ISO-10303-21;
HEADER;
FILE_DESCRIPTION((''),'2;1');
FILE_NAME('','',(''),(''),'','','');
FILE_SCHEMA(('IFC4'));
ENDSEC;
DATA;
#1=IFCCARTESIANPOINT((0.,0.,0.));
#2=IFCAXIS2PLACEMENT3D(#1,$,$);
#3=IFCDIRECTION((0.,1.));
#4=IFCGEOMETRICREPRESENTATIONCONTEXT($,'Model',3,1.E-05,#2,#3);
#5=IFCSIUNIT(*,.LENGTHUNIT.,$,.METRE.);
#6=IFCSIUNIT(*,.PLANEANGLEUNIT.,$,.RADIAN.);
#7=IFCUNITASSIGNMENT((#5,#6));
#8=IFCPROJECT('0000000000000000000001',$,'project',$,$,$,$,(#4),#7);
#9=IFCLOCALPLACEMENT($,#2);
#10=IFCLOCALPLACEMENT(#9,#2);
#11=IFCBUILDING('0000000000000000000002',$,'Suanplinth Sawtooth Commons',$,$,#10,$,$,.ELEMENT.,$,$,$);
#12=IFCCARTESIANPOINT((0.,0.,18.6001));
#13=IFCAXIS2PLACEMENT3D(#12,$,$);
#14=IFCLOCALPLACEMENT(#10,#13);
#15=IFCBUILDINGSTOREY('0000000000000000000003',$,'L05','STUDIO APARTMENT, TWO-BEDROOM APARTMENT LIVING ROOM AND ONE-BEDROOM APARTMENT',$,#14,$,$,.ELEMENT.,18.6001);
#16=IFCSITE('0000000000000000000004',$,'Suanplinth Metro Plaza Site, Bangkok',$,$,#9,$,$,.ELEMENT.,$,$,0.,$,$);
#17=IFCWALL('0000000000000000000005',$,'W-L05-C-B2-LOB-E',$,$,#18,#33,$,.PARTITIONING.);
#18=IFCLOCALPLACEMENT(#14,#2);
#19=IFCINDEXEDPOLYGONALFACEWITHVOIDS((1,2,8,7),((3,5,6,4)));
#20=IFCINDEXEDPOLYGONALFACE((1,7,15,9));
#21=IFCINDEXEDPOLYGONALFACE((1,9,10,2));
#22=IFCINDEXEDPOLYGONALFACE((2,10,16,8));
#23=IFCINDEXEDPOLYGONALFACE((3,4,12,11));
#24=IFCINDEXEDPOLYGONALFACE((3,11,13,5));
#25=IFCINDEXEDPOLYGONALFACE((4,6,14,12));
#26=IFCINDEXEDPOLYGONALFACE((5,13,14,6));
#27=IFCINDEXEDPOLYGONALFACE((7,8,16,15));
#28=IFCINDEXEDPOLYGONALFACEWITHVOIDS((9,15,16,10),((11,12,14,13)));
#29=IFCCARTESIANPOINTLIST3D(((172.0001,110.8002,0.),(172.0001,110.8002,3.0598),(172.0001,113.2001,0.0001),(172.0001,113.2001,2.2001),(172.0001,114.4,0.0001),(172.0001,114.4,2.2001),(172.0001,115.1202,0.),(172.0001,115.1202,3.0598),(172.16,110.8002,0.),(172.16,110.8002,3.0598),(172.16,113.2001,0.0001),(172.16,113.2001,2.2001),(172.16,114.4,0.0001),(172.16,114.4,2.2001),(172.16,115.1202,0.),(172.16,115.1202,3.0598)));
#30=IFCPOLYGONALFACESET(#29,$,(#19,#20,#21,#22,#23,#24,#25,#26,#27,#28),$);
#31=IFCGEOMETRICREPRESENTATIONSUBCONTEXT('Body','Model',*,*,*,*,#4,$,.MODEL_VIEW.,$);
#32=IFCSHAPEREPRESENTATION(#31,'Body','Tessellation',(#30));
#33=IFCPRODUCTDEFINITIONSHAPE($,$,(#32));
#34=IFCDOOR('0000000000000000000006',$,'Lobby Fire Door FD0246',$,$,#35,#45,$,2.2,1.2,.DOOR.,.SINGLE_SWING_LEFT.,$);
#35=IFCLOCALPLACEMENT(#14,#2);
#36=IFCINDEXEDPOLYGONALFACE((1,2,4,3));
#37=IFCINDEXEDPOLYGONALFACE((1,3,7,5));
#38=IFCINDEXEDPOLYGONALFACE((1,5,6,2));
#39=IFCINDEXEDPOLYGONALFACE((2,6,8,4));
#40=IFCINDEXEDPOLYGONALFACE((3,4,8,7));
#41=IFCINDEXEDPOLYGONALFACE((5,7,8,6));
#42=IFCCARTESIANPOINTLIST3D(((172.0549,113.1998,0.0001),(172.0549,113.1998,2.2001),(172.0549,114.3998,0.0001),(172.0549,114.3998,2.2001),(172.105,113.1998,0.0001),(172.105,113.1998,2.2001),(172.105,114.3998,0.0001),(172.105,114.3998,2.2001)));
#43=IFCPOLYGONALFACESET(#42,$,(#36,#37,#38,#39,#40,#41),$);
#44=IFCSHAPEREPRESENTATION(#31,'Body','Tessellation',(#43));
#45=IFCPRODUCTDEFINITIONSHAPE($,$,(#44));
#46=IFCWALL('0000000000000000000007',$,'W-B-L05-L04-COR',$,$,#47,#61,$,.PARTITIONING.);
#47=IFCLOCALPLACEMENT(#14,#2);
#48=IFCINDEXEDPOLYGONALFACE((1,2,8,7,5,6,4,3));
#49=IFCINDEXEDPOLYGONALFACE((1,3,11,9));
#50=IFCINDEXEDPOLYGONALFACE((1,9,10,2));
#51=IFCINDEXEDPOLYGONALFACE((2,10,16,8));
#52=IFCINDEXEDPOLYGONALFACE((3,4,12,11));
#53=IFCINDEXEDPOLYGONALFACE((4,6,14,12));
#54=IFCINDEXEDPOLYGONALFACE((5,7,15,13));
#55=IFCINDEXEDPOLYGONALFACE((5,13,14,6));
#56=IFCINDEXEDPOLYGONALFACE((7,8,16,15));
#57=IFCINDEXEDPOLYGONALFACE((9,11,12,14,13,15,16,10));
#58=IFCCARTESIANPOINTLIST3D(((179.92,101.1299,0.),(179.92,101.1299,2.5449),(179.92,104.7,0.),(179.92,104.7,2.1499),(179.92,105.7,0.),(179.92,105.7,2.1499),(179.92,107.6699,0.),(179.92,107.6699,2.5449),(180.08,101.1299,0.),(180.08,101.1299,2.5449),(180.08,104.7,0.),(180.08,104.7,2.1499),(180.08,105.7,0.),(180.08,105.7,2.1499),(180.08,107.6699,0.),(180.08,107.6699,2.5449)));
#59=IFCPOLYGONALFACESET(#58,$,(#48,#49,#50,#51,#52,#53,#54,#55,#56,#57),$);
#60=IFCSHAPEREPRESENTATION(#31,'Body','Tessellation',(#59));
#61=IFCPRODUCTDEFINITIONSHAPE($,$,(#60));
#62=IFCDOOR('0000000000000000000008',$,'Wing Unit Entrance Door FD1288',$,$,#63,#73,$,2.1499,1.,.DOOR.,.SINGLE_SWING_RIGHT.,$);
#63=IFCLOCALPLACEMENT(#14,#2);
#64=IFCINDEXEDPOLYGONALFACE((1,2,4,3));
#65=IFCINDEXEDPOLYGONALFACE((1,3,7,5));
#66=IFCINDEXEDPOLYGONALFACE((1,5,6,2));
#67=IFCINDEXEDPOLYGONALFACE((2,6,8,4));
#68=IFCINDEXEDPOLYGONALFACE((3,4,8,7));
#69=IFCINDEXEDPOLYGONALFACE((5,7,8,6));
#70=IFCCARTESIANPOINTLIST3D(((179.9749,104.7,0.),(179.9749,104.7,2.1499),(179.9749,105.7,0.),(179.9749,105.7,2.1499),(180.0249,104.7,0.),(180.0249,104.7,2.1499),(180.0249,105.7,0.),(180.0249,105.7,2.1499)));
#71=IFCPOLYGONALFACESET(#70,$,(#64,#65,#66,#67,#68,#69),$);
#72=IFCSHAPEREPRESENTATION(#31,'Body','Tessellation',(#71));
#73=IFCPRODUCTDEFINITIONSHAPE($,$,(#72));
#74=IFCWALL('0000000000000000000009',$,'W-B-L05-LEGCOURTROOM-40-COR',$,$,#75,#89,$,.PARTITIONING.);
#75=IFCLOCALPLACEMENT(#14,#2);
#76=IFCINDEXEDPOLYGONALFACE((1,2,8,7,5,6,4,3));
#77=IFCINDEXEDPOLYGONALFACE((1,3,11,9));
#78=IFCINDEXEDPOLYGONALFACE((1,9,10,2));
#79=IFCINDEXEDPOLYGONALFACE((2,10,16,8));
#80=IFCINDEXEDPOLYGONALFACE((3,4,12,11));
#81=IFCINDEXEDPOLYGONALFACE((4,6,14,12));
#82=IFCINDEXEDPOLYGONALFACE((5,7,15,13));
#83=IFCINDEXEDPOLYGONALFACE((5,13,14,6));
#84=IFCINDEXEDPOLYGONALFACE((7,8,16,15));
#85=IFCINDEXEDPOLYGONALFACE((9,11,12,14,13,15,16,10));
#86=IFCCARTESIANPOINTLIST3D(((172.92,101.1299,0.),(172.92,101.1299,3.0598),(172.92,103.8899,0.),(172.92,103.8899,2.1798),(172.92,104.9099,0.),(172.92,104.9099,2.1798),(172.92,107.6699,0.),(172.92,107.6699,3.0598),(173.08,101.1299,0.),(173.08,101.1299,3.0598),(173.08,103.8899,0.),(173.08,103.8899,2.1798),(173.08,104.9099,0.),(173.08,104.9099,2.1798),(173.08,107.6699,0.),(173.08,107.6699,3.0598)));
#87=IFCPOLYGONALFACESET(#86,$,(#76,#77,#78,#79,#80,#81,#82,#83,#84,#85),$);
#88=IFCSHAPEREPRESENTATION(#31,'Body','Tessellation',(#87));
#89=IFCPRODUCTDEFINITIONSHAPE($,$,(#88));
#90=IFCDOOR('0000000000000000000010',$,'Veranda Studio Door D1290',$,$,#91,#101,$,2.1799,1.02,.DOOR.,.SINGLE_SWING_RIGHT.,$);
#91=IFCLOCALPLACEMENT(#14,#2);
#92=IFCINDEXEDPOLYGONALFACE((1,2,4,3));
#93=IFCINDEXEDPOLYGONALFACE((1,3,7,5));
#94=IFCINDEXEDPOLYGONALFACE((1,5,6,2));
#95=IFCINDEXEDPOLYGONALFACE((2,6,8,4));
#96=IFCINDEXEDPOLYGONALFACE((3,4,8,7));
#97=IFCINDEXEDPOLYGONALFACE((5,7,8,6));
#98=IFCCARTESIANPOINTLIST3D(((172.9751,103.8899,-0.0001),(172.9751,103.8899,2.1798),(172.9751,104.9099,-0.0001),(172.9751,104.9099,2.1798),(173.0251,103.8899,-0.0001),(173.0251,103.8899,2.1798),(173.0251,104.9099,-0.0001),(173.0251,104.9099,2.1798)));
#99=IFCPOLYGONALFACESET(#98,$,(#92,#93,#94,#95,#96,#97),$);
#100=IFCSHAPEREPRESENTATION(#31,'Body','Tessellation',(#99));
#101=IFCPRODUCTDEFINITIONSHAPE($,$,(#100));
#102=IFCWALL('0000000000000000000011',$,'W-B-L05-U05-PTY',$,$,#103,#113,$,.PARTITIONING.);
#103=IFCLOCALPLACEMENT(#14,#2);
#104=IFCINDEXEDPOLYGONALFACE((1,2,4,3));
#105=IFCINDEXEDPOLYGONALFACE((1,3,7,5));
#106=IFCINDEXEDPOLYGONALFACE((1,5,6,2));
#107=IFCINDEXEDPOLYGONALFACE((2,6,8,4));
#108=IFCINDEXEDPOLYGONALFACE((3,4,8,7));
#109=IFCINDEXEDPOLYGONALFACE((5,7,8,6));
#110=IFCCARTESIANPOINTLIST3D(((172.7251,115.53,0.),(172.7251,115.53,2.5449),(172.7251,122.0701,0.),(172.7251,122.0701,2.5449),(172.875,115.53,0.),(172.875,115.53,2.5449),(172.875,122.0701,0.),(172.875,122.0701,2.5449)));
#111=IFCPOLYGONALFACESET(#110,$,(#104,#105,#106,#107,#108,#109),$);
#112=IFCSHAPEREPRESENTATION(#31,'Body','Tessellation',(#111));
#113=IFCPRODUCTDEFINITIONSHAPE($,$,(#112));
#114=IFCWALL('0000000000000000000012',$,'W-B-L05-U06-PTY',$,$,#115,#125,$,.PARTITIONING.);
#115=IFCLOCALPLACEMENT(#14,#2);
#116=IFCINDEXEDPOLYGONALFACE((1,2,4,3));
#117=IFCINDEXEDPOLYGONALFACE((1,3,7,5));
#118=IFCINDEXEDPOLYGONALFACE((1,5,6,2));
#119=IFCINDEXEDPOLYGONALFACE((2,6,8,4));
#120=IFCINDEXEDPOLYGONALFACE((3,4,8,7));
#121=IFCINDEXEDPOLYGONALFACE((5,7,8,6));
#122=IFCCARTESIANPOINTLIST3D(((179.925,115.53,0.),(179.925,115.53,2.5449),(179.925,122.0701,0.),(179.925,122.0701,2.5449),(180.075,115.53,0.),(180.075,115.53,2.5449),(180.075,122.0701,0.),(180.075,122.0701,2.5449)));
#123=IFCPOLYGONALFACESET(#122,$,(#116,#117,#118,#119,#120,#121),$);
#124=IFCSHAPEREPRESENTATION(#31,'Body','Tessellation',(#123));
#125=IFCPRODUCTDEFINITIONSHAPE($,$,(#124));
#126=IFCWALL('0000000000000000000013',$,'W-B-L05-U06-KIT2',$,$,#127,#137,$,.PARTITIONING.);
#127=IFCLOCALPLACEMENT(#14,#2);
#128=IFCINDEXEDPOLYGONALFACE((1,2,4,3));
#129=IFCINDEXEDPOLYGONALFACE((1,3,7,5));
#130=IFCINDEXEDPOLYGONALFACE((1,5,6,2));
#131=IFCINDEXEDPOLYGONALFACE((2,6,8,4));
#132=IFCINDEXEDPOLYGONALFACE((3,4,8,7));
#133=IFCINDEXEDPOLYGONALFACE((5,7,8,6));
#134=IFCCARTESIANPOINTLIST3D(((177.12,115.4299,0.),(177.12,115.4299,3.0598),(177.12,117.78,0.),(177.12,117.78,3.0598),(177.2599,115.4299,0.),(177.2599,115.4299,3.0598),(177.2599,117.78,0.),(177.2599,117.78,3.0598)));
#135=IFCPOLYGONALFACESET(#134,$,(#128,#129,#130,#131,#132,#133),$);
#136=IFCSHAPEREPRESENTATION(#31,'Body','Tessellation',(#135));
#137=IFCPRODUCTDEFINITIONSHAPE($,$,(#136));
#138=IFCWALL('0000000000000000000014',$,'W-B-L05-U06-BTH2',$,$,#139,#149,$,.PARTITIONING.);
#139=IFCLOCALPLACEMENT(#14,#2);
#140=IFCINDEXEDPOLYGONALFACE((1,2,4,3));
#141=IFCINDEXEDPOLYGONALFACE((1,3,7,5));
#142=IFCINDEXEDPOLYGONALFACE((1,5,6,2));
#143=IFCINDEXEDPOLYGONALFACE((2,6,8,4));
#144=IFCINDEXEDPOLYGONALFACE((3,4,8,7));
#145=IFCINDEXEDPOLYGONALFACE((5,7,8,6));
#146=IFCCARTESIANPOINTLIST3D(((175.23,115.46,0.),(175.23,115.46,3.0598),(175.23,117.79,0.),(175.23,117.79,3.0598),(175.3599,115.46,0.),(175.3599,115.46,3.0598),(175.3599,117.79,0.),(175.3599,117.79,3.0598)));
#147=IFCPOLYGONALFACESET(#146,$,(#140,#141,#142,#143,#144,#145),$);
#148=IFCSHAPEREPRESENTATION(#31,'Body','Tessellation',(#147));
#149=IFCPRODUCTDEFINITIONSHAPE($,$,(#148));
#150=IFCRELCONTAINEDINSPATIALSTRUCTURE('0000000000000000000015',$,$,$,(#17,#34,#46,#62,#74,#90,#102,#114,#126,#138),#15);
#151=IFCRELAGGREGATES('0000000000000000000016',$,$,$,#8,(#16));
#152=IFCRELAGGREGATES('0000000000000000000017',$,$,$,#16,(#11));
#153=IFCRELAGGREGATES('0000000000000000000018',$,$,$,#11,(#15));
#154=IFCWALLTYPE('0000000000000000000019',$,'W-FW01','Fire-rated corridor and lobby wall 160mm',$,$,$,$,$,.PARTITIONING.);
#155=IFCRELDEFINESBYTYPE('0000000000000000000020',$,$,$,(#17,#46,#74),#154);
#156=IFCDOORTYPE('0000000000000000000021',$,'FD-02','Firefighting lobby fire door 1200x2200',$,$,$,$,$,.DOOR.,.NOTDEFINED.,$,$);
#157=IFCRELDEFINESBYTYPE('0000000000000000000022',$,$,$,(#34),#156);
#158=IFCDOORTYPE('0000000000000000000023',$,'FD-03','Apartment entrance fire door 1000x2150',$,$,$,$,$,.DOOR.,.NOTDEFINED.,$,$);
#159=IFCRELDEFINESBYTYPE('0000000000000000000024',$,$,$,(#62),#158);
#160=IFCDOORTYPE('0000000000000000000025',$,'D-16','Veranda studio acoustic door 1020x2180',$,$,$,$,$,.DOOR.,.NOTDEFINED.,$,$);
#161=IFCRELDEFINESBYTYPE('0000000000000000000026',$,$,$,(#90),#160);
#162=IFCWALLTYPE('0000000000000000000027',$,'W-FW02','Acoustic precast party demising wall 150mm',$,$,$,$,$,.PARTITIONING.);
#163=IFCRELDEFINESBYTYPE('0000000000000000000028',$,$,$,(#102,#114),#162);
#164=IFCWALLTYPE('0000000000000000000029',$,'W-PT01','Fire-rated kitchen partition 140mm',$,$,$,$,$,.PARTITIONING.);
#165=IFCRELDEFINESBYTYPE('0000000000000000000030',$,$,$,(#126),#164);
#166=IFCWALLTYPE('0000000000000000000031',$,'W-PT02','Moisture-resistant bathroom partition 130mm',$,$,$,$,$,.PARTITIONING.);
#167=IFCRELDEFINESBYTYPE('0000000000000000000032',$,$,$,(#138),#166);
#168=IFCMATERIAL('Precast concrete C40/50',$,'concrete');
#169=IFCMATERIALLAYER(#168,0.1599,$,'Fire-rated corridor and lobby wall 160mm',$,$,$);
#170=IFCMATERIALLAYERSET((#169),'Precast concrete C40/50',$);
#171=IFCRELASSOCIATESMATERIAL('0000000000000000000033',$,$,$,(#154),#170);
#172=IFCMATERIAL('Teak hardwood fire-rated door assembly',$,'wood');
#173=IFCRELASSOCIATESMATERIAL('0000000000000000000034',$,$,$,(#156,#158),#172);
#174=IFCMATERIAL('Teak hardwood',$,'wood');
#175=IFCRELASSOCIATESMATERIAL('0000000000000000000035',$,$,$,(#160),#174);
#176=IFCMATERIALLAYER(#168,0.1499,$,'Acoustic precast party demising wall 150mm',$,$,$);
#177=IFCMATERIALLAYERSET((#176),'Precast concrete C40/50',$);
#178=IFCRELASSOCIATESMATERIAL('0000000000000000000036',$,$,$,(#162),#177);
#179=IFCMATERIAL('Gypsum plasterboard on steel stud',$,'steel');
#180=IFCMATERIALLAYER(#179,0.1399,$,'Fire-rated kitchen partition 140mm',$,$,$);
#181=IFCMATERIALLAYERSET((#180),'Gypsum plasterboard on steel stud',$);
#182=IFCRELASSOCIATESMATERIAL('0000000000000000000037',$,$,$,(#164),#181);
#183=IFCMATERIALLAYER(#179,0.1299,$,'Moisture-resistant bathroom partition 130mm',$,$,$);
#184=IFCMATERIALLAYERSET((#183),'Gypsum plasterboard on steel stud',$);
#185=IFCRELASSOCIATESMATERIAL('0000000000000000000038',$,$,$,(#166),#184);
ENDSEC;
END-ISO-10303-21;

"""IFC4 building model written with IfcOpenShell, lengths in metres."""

from ifc_helpers import new_model, si_unit, direction, frame, frame_2d, origin, place, context, subcontext, project, spatial, rectangle, extrude, material, layer, layer_set, type_object, element, fill, save


model = new_model("IFC4")

# Units and contexts
model_context = context("Model", 3, precision=1e-05, world=origin(), true_north=direction((0.0, 1.0)))
body_context = subcontext(model_context, "Body", "Model", "MODEL_VIEW")
ifc_project = project(units=[si_unit("LENGTHUNIT", "METRE"), si_unit("PLANEANGLEUNIT", "RADIAN")], contexts=[model_context])

# Site, building, storey
site_placement = place(None, origin())
site = spatial("IfcSite", under=ifc_project, at=site_placement, Name="Suanplinth Metro Plaza Site, Bangkok", CompositionType="ELEMENT", RefElevation=0.0)
building_placement = place(site_placement, origin())
building = spatial("IfcBuilding", under=site, at=building_placement, Name="Suanplinth Sawtooth Commons", CompositionType="ELEMENT")
storey_placement = place(building_placement, frame((0.0, 0.0, 18.6001)))
storey = spatial("IfcBuildingStorey", under=building, at=storey_placement, Name="L05", Description="STUDIO APARTMENT, TWO-BEDROOM APARTMENT LIVING ROOM AND ONE-BEDROOM APARTMENT", CompositionType="ELEMENT", Elevation=18.6001)

# Shared definitions
ifc_material_1 = material(Name="Precast concrete C40/50", Category="concrete")

# Walls, openings, doors
ifc_layer_1 = layer(ifc_material_1, 0.1599, Name="Fire-rated corridor and lobby wall 160mm")
ifc_layer_set_1 = layer_set([ifc_layer_1], Name="Precast concrete C40/50")
wall_type_1 = type_object("IfcWallType", Name="W-FW01", Description="Fire-rated corridor and lobby wall 160mm", PredefinedType="PARTITIONING", material=ifc_layer_set_1)
wall_1_placement = place(storey_placement, frame((172.0801, 110.8, 0.0), z_axis=(0.0, 0.0, 1.0), x_axis=(0.0, 1.0, 0.0)))
wall_1 = element("IfcWall", 1, at=wall_1_placement, inside=storey, type_object=wall_type_1, Name="W-L05-C-B2-LOB-E", PredefinedType="PARTITIONING", context=body_context, shape_type="SweptSolid", body=[
    extrude(rectangle(XDim=4.3201, YDim=0.1599, at=frame_2d((2.1602, 0.0))), origin(), (0.0, 0.0, 1.0), 3.0598),
])
opening_1_placement = place(wall_1_placement, frame((2.3999, 0.0, 0.0)))
opening_1 = element("IfcOpeningElement", 2, at=opening_1_placement, cuts=wall_1, PredefinedType="OPENING", context=body_context, shape_type="SweptSolid", body=[
    extrude(rectangle(XDim=1.2, YDim=2.2, at=frame_2d((0.6001, 1.1001))), frame((0.0, 0.0947, 0.0), z_axis=(0.0, -1.0, 0.0), x_axis=(1.0, 0.0, 0.0)), (0.0, 0.0, 1.0), 0.1897),
])
ifc_material_2 = material(Name="Teak hardwood fire-rated door assembly", Category="wood")
door_type_1 = type_object("IfcDoorType", Name="FD-02", Description="Firefighting lobby fire door 1200x2200", OperationType="NOTDEFINED", PredefinedType="DOOR", material=ifc_material_2)
door_1_placement = place(opening_1_placement, frame((1.2, 0.0, 0.0), z_axis=(0.0, 0.0, 1.0), x_axis=(-1.0, 0.0, 0.0)))
door_1 = element("IfcDoor", 3, at=door_1_placement, inside=storey, type_object=door_type_1, Name="Lobby Fire Door FD0246", OperationType="SINGLE_SWING_LEFT", OverallHeight=2.2, OverallWidth=1.2, PredefinedType="DOOR", context=body_context, shape_type="SweptSolid", body=[
    extrude(rectangle(XDim=1.2, YDim=2.2, at=frame_2d((0.6001, 1.1001))), frame((0.0, 0.0249, 0.0), z_axis=(0.0, -1.0, 0.0), x_axis=(1.0, 0.0, 0.0)), (0.0, 0.0, 1.0), 0.05),
])
fill(opening_1, door_1)
wall_2_placement = place(storey_placement, frame((180.0, 101.1299, 0.0), z_axis=(0.0, 0.0, 1.0), x_axis=(0.0, 1.0, 0.0)))
wall_2 = element("IfcWall", 4, at=wall_2_placement, inside=storey, type_object=wall_type_1, Name="W-B-L05-L04-COR", PredefinedType="PARTITIONING", context=body_context, shape_type="SweptSolid", body=[
    extrude(rectangle(XDim=6.54, YDim=0.1599, at=frame_2d((3.27, 0.0))), origin(), (0.0, 0.0, 1.0), 2.5449),
])
opening_2_placement = place(wall_2_placement, frame((3.5701, 0.0, 0.0)))
opening_2 = element("IfcOpeningElement", 5, at=opening_2_placement, cuts=wall_2, PredefinedType="OPENING", context=body_context, shape_type="SweptSolid", body=[
    extrude(rectangle(XDim=1.0, YDim=2.1499, at=frame_2d((0.5, 1.075))), frame((0.0, 0.0947, 0.0), z_axis=(0.0, -1.0, 0.0), x_axis=(1.0, 0.0, 0.0)), (0.0, 0.0, 1.0), 0.1897),
])
door_type_2 = type_object("IfcDoorType", Name="FD-03", Description="Apartment entrance fire door 1000x2150", OperationType="NOTDEFINED", PredefinedType="DOOR", material=ifc_material_2)
door_2_placement = place(opening_2_placement, frame((1.0, 0.0, 0.0), z_axis=(0.0, 0.0, 1.0), x_axis=(-1.0, 0.0, 0.0)))
door_2 = element("IfcDoor", 6, at=door_2_placement, inside=storey, type_object=door_type_2, Name="Wing Unit Entrance Door FD1288", OperationType="SINGLE_SWING_RIGHT", OverallHeight=2.1499, OverallWidth=1.0, PredefinedType="DOOR", context=body_context, shape_type="SweptSolid", body=[
    extrude(rectangle(XDim=1.0, YDim=2.1499, at=frame_2d((0.5, 1.075))), frame((0.0, 0.0249, 0.0), z_axis=(0.0, -1.0, 0.0), x_axis=(1.0, 0.0, 0.0)), (0.0, 0.0, 1.0), 0.05),
])
fill(opening_2, door_2)
wall_3_placement = place(storey_placement, frame((173.0, 101.1299, 0.0), z_axis=(0.0, 0.0, 1.0), x_axis=(0.0, 1.0, 0.0)))
wall_3 = element("IfcWall", 7, at=wall_3_placement, inside=storey, type_object=wall_type_1, Name="W-B-L05-LEGCOURTROOM-40-COR", PredefinedType="PARTITIONING", context=body_context, shape_type="SweptSolid", body=[
    extrude(rectangle(XDim=6.54, YDim=0.1599, at=frame_2d((3.27, 0.0))), origin(), (0.0, 0.0, 1.0), 3.0598),
])
opening_3_placement = place(wall_3_placement, frame((2.76, 0.0, 0.0)))
opening_3 = element("IfcOpeningElement", 8, at=opening_3_placement, cuts=wall_3, PredefinedType="OPENING", context=body_context, shape_type="SweptSolid", body=[
    extrude(rectangle(XDim=1.02, YDim=2.1799, at=frame_2d((0.51, 1.0898))), frame((0.0, 0.0947, 0.0), z_axis=(0.0, -1.0, 0.0), x_axis=(1.0, 0.0, 0.0)), (0.0, 0.0, 1.0), 0.1897),
])
ifc_material_3 = material(Name="Teak hardwood", Category="wood")
door_type_3 = type_object("IfcDoorType", Name="D-16", Description="Veranda studio acoustic door 1020x2180", OperationType="NOTDEFINED", PredefinedType="DOOR", material=ifc_material_3)
door_3_placement = place(opening_3_placement, origin())
door_3 = element("IfcDoor", 9, at=door_3_placement, inside=storey, type_object=door_type_3, Name="Veranda Studio Door D1290", OperationType="SINGLE_SWING_RIGHT", OverallHeight=2.1799, OverallWidth=1.02, PredefinedType="DOOR", context=body_context, shape_type="SweptSolid", body=[
    extrude(rectangle(XDim=1.02, YDim=2.1799, at=frame_2d((0.51, 1.0898))), frame((0.0, 0.0249, 0.0), z_axis=(0.0, -1.0, 0.0), x_axis=(1.0, 0.0, 0.0)), (0.0, 0.0, 1.0), 0.05),
])
fill(opening_3, door_3)

# Walls
ifc_layer_2 = layer(ifc_material_1, 0.1499, Name="Acoustic precast party demising wall 150mm")
ifc_layer_set_2 = layer_set([ifc_layer_2], Name="Precast concrete C40/50")
wall_type_2 = type_object("IfcWallType", Name="W-FW02", Description="Acoustic precast party demising wall 150mm", PredefinedType="PARTITIONING", material=ifc_layer_set_2)
for number, where, z_axis, x_axis, name in (
    (10, (172.8, 115.53, 0.0), (0.0, 0.0, 1.0), (0.0, 1.0, 0.0), "W-B-L05-U05-PTY"),
    (11, (180.0, 115.53, 0.0), (0.0, 0.0, 1.0), (0.0, 1.0, 0.0), "W-B-L05-U06-PTY"),
):
    element("IfcWall", number, at=place(storey_placement, frame(where, z_axis=z_axis, x_axis=x_axis)), inside=storey, type_object=wall_type_2, Name=name, PredefinedType="PARTITIONING", context=body_context, shape_type="SweptSolid", body=[
        extrude(rectangle(XDim=6.54, YDim=0.1499, at=frame_2d((3.27, 0.0))), origin(), (0.0, 0.0, 1.0), 2.5449),
    ])
ifc_material_4 = material(Name="Gypsum plasterboard on steel stud", Category="steel")
ifc_layer_3 = layer(ifc_material_4, 0.1399, Name="Fire-rated kitchen partition 140mm")
ifc_layer_set_3 = layer_set([ifc_layer_3], Name="Gypsum plasterboard on steel stud")
wall_type_3 = type_object("IfcWallType", Name="W-PT01", Description="Fire-rated kitchen partition 140mm", PredefinedType="PARTITIONING", material=ifc_layer_set_3)
wall_4_placement = place(storey_placement, frame((177.1899, 115.4299, 0.0), z_axis=(0.0, 0.0, 1.0), x_axis=(0.0, 1.0, 0.0)))
element("IfcWall", 12, at=wall_4_placement, inside=storey, type_object=wall_type_3, Name="W-B-L05-U06-KIT2", PredefinedType="PARTITIONING", context=body_context, shape_type="SweptSolid", body=[
    extrude(rectangle(XDim=2.3501, YDim=0.1399, at=frame_2d((1.175, 0.0))), origin(), (0.0, 0.0, 1.0), 3.0598),
])
ifc_layer_4 = layer(ifc_material_4, 0.1299, Name="Moisture-resistant bathroom partition 130mm")
ifc_layer_set_4 = layer_set([ifc_layer_4], Name="Gypsum plasterboard on steel stud")
wall_type_4 = type_object("IfcWallType", Name="W-PT02", Description="Moisture-resistant bathroom partition 130mm", PredefinedType="PARTITIONING", material=ifc_layer_set_4)
wall_5_placement = place(storey_placement, frame((175.2949, 115.46, 0.0), z_axis=(0.0, 0.0, 1.0), x_axis=(0.0, 1.0, 0.0)))
element("IfcWall", 13, at=wall_5_placement, inside=storey, type_object=wall_type_4, Name="W-B-L05-U06-BTH2", PredefinedType="PARTITIONING", context=body_context, shape_type="SweptSolid", body=[
    extrude(rectangle(XDim=2.3301, YDim=0.1299, at=frame_2d((1.165, 0.0))), origin(), (0.0, 0.0, 1.0), 3.0598),
])

save(model, "model.ifc")
